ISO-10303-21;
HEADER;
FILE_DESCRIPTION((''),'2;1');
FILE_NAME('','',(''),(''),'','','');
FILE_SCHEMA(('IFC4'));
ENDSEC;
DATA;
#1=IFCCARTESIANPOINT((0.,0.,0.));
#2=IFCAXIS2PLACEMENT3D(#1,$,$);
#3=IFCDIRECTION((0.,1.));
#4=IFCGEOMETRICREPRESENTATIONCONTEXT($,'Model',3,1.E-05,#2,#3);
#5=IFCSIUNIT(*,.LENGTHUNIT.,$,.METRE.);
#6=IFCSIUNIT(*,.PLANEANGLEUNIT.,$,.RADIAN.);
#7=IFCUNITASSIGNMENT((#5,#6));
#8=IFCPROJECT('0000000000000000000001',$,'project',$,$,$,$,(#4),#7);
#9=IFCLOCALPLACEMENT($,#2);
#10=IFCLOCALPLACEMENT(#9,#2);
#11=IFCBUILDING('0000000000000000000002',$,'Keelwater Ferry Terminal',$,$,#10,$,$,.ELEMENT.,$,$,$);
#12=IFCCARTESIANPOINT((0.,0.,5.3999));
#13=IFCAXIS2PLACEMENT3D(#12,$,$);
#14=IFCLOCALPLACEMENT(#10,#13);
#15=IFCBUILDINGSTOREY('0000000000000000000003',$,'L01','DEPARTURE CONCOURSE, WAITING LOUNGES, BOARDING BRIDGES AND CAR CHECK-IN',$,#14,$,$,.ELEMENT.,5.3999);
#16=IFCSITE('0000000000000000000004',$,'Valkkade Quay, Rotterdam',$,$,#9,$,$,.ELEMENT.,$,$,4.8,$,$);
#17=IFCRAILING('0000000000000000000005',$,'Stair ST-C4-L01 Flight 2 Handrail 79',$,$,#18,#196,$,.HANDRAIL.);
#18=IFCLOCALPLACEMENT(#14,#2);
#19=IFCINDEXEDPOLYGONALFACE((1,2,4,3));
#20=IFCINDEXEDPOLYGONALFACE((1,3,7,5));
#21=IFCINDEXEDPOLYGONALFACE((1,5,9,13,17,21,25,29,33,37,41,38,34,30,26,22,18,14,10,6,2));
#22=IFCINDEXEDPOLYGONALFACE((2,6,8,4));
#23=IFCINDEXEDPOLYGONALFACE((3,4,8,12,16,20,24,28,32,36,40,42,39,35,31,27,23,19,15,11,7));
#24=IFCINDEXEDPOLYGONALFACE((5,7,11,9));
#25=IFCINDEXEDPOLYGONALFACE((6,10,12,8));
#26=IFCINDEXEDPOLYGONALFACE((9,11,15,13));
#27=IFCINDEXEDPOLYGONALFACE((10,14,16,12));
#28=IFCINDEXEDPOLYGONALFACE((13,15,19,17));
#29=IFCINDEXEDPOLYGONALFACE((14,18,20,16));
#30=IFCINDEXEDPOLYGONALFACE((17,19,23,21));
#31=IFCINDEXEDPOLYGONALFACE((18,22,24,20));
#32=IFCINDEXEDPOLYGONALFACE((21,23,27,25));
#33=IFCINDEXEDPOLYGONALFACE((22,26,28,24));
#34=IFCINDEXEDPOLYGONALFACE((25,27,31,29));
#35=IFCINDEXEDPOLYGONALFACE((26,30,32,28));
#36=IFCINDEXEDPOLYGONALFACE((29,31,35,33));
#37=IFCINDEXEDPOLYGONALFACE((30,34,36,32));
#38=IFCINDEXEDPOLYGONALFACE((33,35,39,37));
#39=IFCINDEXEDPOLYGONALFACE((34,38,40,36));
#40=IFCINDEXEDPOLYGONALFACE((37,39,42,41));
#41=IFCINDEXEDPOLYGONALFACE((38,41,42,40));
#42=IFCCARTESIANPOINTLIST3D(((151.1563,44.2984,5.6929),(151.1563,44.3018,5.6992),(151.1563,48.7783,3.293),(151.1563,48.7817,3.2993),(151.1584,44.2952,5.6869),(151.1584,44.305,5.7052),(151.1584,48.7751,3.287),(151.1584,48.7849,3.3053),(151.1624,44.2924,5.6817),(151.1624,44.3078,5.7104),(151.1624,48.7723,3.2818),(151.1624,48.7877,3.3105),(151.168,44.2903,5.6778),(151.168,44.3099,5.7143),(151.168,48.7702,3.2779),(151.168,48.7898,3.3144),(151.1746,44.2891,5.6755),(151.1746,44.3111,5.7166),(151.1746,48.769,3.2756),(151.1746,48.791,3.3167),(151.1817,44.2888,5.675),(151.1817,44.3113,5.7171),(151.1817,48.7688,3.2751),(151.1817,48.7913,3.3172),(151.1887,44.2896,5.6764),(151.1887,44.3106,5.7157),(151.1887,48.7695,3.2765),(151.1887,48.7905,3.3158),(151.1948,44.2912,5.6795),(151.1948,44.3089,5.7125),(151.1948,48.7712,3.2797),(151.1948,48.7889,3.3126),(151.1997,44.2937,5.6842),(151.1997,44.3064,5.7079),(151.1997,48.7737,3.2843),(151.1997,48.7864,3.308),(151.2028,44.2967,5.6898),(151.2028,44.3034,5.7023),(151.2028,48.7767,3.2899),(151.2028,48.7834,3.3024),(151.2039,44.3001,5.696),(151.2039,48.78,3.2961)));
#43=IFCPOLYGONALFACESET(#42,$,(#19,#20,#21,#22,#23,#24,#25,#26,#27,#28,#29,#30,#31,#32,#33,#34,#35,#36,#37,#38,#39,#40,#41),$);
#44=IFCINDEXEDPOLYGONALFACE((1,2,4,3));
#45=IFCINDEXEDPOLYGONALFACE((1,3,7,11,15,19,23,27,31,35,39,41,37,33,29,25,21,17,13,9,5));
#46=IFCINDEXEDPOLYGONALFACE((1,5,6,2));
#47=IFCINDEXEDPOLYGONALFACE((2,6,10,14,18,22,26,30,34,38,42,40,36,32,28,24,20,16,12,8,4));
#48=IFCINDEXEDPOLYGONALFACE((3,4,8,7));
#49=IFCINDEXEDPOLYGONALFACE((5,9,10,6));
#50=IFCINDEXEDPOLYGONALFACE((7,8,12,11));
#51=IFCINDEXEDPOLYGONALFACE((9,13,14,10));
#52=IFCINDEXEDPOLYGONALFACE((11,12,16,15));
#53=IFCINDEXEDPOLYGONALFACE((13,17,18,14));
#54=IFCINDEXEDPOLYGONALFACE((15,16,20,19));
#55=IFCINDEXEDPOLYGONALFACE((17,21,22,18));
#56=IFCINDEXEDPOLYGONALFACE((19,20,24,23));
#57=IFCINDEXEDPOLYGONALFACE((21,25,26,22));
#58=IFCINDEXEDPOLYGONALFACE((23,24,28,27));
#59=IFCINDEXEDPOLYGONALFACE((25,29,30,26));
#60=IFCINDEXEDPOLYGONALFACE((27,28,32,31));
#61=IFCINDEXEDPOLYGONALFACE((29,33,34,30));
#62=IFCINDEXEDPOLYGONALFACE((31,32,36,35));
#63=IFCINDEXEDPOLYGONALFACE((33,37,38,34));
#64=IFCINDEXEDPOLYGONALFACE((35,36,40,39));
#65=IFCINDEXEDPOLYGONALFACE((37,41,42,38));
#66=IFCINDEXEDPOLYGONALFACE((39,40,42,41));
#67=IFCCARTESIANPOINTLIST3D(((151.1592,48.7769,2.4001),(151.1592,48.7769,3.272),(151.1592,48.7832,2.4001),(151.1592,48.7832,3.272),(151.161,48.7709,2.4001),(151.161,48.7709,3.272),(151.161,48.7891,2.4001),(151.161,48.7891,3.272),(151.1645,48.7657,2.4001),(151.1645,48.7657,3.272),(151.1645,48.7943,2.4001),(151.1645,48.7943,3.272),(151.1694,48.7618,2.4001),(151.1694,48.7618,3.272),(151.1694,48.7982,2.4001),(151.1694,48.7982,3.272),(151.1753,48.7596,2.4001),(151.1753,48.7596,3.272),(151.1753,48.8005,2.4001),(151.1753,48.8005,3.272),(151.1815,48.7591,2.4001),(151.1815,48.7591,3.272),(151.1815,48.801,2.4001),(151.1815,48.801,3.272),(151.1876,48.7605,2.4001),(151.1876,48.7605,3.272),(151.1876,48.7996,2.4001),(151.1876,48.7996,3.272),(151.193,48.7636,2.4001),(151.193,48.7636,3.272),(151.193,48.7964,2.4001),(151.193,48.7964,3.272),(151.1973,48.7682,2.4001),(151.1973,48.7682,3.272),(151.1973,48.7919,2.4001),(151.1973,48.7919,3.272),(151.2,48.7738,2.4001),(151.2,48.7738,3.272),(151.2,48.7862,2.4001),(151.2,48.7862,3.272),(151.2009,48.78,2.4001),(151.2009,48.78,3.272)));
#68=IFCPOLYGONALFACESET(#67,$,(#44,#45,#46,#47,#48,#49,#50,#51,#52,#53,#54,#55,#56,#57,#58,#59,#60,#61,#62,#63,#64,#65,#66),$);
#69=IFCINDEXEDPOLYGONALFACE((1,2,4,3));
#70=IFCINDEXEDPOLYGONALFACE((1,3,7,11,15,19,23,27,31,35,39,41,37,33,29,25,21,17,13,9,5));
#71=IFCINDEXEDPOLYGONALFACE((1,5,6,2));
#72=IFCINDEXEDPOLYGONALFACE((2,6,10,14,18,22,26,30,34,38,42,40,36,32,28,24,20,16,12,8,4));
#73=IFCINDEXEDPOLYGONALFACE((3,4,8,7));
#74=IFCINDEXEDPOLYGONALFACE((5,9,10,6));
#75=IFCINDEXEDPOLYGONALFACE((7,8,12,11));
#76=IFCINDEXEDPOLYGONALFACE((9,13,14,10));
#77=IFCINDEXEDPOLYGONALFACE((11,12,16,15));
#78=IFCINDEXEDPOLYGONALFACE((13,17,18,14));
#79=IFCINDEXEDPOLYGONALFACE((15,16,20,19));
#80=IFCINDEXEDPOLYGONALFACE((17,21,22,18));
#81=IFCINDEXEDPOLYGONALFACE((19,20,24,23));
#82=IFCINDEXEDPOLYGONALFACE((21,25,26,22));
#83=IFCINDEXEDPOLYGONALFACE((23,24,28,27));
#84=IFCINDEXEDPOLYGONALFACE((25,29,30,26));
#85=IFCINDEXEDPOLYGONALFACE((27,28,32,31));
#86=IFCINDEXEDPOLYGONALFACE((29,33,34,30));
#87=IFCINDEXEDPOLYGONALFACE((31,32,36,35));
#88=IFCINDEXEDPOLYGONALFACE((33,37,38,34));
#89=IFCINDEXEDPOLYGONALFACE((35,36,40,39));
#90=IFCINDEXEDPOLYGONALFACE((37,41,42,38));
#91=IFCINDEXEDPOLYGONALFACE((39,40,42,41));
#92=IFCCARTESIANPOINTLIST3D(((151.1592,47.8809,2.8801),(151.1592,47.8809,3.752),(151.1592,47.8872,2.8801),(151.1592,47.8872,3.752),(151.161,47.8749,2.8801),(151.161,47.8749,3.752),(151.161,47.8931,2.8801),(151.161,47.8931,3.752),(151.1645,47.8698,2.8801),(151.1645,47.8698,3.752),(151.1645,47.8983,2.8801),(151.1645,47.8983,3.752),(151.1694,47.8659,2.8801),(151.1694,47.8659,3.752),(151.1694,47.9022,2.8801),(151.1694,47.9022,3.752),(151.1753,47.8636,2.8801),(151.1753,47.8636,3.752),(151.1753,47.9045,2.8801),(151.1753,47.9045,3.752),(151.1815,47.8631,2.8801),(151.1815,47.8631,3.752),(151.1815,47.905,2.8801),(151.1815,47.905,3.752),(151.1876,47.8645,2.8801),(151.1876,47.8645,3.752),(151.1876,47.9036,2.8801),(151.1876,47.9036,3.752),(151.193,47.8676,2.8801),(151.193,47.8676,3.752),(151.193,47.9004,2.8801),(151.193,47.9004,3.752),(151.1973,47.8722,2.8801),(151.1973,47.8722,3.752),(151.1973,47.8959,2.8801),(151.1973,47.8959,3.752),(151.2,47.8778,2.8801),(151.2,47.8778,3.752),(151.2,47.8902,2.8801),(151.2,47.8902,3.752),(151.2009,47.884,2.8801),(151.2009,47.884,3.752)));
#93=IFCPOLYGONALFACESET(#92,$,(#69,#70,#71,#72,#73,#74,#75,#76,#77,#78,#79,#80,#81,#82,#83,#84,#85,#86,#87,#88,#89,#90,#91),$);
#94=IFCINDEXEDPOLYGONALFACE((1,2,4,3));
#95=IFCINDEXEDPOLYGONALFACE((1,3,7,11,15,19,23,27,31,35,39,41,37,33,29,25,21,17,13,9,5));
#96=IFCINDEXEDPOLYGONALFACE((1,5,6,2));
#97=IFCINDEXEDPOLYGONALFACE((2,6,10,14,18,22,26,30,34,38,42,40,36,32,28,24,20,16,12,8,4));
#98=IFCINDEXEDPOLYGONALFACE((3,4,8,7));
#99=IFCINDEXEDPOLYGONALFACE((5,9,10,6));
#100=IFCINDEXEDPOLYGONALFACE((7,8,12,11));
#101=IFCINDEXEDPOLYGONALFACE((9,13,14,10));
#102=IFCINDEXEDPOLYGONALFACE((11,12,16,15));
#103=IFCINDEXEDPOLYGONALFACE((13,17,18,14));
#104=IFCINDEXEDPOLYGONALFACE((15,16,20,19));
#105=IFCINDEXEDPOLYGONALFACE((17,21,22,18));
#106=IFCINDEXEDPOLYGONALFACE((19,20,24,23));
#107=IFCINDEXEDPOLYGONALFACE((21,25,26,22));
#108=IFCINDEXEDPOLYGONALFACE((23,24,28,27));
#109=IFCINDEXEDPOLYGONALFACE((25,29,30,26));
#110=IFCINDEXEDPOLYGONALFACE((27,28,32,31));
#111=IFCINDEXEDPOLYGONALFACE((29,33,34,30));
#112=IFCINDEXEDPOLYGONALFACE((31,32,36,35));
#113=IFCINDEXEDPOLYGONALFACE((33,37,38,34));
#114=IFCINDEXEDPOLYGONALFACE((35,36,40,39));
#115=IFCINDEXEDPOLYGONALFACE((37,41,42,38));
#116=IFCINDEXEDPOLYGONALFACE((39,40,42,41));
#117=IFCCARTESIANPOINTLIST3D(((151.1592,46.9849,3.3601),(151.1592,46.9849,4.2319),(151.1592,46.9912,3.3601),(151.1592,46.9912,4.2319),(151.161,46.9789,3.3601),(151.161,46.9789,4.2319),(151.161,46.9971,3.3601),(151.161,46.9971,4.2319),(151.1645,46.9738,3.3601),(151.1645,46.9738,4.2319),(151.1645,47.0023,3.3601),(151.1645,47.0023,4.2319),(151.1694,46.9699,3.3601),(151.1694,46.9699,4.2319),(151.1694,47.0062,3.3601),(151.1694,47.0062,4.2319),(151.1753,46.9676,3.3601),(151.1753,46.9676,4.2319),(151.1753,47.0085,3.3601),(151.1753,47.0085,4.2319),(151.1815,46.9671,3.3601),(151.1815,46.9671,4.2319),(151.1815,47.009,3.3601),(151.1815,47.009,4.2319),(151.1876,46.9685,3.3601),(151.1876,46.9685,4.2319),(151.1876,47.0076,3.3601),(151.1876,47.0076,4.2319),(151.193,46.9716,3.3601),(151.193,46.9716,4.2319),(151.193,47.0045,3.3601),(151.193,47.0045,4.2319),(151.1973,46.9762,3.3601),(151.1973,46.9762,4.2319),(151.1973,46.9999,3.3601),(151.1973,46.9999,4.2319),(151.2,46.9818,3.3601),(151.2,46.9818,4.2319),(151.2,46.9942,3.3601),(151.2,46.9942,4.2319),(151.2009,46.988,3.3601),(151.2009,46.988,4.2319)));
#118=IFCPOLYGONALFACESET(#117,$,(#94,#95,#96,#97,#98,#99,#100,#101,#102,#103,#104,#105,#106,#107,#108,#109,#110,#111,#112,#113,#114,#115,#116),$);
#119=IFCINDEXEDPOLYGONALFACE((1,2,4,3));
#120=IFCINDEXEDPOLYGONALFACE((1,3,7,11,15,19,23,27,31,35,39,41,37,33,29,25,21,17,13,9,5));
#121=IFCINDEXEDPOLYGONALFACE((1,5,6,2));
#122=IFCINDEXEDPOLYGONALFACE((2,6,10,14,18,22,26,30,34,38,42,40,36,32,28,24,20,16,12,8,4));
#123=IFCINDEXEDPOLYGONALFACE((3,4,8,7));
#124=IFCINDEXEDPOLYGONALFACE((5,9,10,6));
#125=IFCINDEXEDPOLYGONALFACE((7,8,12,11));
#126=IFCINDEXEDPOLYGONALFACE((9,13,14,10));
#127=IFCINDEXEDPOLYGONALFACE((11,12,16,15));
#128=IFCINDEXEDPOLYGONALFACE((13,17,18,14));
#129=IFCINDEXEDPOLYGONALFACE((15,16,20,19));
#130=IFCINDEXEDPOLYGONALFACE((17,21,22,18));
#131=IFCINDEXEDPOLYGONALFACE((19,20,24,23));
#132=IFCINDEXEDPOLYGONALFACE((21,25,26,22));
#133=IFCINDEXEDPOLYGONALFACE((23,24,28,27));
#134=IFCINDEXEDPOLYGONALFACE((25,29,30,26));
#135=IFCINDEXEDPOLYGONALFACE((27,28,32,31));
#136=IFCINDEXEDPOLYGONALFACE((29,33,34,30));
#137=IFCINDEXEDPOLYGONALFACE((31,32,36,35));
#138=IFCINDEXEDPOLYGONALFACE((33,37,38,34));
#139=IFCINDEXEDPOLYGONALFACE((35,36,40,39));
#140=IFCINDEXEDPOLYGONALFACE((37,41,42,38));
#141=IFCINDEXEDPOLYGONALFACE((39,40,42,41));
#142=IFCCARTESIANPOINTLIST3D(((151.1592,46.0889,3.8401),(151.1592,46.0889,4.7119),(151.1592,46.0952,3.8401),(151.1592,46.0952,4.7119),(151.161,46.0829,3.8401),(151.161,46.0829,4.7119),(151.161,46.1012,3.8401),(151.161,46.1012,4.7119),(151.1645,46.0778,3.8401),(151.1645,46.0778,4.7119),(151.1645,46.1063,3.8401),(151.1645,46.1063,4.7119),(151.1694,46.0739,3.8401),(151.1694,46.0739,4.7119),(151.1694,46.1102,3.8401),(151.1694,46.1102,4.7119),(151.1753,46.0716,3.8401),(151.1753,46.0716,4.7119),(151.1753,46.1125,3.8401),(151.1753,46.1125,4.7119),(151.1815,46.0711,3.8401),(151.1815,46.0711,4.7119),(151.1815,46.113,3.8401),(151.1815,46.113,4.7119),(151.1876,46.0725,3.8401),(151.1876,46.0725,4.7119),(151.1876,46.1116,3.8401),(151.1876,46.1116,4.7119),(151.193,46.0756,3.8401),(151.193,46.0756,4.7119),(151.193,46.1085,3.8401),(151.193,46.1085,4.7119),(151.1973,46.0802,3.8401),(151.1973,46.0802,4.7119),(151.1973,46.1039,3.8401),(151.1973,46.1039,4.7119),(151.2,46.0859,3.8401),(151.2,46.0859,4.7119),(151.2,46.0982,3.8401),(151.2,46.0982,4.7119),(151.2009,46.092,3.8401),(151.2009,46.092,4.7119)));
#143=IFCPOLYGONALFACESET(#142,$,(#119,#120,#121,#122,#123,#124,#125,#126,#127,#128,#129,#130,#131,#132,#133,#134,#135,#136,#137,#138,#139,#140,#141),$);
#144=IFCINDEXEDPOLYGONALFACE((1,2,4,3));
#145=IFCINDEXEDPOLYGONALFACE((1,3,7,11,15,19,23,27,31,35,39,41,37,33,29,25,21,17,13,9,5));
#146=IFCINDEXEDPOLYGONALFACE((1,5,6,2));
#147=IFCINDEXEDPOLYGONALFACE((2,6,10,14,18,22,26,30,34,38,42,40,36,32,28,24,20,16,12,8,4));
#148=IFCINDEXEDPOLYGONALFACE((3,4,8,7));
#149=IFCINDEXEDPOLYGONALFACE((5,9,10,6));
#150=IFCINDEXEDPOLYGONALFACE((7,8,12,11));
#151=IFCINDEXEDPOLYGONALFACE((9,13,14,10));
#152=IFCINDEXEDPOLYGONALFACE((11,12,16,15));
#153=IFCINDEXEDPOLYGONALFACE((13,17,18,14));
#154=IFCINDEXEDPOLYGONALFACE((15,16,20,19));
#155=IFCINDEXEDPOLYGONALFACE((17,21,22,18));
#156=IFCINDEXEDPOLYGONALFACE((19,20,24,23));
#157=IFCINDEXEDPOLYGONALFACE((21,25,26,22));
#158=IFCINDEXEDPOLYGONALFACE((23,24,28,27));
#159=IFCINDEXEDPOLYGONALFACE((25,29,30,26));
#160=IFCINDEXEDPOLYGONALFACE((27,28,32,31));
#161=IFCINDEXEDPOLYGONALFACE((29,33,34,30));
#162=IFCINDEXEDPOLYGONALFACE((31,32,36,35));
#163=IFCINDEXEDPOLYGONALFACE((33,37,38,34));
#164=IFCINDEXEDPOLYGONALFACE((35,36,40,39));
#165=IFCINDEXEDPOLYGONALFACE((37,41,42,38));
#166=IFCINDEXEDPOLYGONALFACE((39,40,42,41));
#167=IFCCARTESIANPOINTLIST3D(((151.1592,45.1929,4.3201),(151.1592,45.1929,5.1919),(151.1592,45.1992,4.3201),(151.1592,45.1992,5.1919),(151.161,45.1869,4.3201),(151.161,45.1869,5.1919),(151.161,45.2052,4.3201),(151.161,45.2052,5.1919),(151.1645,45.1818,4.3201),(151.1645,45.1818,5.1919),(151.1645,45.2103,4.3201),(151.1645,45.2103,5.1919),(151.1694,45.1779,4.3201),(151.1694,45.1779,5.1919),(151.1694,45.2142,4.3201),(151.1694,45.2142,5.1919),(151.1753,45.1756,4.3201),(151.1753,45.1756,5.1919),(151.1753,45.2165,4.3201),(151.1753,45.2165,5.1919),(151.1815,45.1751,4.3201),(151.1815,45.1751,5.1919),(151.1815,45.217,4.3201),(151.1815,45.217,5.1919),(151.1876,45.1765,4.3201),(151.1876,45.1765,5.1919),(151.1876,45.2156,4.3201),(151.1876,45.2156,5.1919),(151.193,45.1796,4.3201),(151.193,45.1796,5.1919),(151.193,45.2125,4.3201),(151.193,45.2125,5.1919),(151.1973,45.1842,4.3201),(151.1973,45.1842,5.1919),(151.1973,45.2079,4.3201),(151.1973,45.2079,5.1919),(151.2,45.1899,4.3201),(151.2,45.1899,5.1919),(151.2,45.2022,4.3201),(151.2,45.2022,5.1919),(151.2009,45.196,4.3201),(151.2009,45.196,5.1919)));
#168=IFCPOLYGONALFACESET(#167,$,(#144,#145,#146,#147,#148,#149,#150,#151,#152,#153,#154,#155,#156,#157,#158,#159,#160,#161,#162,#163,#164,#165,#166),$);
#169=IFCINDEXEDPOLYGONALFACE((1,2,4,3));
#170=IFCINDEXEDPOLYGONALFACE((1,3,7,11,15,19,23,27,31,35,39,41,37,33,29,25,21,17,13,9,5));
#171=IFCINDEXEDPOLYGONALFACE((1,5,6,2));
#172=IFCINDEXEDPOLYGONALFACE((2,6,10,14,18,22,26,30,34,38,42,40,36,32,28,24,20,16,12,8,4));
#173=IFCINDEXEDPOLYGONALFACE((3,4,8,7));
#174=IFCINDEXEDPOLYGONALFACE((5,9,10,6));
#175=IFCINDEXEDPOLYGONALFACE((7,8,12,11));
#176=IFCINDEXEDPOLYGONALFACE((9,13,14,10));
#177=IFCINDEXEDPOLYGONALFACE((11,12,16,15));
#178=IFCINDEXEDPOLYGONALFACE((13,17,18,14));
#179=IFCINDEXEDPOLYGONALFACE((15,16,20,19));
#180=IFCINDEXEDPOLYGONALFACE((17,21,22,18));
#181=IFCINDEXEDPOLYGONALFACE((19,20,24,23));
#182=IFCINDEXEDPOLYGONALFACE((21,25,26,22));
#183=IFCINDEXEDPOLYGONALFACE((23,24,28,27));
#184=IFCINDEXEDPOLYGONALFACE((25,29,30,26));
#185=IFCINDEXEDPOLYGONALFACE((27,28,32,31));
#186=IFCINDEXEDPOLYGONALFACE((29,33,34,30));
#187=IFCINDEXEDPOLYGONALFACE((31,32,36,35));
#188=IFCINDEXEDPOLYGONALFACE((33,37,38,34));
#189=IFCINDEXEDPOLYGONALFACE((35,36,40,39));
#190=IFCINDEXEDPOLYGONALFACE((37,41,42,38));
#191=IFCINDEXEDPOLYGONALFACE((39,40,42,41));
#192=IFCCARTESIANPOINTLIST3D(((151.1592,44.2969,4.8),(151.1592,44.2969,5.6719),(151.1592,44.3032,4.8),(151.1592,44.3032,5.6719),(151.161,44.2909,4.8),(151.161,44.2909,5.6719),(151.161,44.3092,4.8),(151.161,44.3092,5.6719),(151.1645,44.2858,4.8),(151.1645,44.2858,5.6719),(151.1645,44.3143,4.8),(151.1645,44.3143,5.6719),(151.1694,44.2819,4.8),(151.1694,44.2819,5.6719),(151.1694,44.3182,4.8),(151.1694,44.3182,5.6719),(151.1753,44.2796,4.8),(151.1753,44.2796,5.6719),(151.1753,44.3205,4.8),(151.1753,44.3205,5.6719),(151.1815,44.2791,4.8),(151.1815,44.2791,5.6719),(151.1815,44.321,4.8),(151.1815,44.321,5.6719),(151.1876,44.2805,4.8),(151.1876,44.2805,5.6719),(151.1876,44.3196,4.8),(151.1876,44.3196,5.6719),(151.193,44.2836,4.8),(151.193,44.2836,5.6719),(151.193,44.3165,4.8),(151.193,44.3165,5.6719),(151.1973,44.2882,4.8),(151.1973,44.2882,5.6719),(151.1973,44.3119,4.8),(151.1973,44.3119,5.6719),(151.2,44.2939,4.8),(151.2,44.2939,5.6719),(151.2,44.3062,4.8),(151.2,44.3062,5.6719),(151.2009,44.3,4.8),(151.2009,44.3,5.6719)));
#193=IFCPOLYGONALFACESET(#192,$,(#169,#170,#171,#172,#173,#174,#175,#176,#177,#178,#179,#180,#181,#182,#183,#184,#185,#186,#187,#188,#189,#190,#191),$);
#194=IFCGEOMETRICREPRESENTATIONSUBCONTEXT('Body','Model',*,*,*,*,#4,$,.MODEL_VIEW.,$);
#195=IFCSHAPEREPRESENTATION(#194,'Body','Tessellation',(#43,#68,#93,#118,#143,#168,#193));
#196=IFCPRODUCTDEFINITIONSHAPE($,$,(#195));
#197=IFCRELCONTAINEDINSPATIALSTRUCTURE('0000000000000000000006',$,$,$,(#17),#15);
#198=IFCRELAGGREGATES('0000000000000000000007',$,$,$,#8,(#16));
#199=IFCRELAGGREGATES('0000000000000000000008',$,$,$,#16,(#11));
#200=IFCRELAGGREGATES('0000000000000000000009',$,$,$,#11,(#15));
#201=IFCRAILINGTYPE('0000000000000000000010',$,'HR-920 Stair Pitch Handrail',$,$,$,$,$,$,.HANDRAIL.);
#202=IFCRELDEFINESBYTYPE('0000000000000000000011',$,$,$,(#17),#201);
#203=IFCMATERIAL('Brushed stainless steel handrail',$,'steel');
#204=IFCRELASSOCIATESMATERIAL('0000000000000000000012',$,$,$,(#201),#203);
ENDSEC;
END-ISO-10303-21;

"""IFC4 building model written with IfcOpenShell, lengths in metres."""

from ifc_helpers import new_model, si_unit, direction, frame, origin, origin_2d, place, context, subcontext, project, spatial, circle, extrude, material, type_object, element, save


model = new_model("IFC4")

# Units and contexts
model_context = context("Model", 3, precision=1e-05, world=origin(), true_north=direction((0.0, 1.0)))
body_context = subcontext(model_context, "Body", "Model", "MODEL_VIEW")
ifc_project = project(units=[si_unit("LENGTHUNIT", "METRE"), si_unit("PLANEANGLEUNIT", "RADIAN")], contexts=[model_context])

# Site, building, storey
site_placement = place(None, origin())
site = spatial("IfcSite", under=ifc_project, at=site_placement, Name="Valkkade Quay, Rotterdam", CompositionType="ELEMENT", RefElevation=4.8)
building_placement = place(site_placement, origin())
building = spatial("IfcBuilding", under=site, at=building_placement, Name="Keelwater Ferry Terminal", CompositionType="ELEMENT")
storey_placement = place(building_placement, frame((0.0, 0.0, 5.3999)))
storey = spatial("IfcBuildingStorey", under=building, at=storey_placement, Name="L01", Description="DEPARTURE CONCOURSE, WAITING LOUNGES, BOARDING BRIDGES AND CAR CHECK-IN", CompositionType="ELEMENT", Elevation=5.3999)

# Railing
ifc_material_1 = material(Name="Brushed stainless steel handrail", Category="steel")
railing_type_1 = type_object("IfcRailingType", Name="HR-920 Stair Pitch Handrail", PredefinedType="HANDRAIL", material=ifc_material_1)
railing_1_placement = place(storey_placement, frame((151.1799, 48.78, 2.4001)))
element("IfcRailing", 1, at=railing_1_placement, inside=storey, type_object=railing_type_1, Name="Stair ST-C4-L01 Flight 2 Handrail 79", PredefinedType="HANDRAIL", context=body_context, shape_type="SweptSolid", body=[
    extrude(circle(Radius=0.0239, at=origin_2d()), frame((0.0, 0.0, 0.896), z_axis=(0.0, -0.881487, 0.472208), x_axis=(1.0, 0.0, 0.0)), (0.0, 0.0, 1.0), 5.0823),
    extrude(circle(Radius=0.021, at=origin_2d()), origin(), (0.0, 0.0, 1.0), 0.8718),
    extrude(circle(Radius=0.021, at=origin_2d()), frame((0.0, -0.896, 0.48)), (0.0, 0.0, 1.0), 0.8718),
    extrude(circle(Radius=0.021, at=origin_2d()), frame((0.0, -1.792, 0.96)), (0.0, 0.0, 1.0), 0.8718),
    extrude(circle(Radius=0.021, at=origin_2d()), frame((0.0, -2.688, 1.4399)), (0.0, 0.0, 1.0), 0.8718),
    extrude(circle(Radius=0.021, at=origin_2d()), frame((0.0, -3.584, 1.9199)), (0.0, 0.0, 1.0), 0.8718),
    extrude(circle(Radius=0.021, at=origin_2d()), frame((0.0, -4.48, 2.3999)), (0.0, 0.0, 1.0), 0.8718),
])

save(model, "model.ifc")
